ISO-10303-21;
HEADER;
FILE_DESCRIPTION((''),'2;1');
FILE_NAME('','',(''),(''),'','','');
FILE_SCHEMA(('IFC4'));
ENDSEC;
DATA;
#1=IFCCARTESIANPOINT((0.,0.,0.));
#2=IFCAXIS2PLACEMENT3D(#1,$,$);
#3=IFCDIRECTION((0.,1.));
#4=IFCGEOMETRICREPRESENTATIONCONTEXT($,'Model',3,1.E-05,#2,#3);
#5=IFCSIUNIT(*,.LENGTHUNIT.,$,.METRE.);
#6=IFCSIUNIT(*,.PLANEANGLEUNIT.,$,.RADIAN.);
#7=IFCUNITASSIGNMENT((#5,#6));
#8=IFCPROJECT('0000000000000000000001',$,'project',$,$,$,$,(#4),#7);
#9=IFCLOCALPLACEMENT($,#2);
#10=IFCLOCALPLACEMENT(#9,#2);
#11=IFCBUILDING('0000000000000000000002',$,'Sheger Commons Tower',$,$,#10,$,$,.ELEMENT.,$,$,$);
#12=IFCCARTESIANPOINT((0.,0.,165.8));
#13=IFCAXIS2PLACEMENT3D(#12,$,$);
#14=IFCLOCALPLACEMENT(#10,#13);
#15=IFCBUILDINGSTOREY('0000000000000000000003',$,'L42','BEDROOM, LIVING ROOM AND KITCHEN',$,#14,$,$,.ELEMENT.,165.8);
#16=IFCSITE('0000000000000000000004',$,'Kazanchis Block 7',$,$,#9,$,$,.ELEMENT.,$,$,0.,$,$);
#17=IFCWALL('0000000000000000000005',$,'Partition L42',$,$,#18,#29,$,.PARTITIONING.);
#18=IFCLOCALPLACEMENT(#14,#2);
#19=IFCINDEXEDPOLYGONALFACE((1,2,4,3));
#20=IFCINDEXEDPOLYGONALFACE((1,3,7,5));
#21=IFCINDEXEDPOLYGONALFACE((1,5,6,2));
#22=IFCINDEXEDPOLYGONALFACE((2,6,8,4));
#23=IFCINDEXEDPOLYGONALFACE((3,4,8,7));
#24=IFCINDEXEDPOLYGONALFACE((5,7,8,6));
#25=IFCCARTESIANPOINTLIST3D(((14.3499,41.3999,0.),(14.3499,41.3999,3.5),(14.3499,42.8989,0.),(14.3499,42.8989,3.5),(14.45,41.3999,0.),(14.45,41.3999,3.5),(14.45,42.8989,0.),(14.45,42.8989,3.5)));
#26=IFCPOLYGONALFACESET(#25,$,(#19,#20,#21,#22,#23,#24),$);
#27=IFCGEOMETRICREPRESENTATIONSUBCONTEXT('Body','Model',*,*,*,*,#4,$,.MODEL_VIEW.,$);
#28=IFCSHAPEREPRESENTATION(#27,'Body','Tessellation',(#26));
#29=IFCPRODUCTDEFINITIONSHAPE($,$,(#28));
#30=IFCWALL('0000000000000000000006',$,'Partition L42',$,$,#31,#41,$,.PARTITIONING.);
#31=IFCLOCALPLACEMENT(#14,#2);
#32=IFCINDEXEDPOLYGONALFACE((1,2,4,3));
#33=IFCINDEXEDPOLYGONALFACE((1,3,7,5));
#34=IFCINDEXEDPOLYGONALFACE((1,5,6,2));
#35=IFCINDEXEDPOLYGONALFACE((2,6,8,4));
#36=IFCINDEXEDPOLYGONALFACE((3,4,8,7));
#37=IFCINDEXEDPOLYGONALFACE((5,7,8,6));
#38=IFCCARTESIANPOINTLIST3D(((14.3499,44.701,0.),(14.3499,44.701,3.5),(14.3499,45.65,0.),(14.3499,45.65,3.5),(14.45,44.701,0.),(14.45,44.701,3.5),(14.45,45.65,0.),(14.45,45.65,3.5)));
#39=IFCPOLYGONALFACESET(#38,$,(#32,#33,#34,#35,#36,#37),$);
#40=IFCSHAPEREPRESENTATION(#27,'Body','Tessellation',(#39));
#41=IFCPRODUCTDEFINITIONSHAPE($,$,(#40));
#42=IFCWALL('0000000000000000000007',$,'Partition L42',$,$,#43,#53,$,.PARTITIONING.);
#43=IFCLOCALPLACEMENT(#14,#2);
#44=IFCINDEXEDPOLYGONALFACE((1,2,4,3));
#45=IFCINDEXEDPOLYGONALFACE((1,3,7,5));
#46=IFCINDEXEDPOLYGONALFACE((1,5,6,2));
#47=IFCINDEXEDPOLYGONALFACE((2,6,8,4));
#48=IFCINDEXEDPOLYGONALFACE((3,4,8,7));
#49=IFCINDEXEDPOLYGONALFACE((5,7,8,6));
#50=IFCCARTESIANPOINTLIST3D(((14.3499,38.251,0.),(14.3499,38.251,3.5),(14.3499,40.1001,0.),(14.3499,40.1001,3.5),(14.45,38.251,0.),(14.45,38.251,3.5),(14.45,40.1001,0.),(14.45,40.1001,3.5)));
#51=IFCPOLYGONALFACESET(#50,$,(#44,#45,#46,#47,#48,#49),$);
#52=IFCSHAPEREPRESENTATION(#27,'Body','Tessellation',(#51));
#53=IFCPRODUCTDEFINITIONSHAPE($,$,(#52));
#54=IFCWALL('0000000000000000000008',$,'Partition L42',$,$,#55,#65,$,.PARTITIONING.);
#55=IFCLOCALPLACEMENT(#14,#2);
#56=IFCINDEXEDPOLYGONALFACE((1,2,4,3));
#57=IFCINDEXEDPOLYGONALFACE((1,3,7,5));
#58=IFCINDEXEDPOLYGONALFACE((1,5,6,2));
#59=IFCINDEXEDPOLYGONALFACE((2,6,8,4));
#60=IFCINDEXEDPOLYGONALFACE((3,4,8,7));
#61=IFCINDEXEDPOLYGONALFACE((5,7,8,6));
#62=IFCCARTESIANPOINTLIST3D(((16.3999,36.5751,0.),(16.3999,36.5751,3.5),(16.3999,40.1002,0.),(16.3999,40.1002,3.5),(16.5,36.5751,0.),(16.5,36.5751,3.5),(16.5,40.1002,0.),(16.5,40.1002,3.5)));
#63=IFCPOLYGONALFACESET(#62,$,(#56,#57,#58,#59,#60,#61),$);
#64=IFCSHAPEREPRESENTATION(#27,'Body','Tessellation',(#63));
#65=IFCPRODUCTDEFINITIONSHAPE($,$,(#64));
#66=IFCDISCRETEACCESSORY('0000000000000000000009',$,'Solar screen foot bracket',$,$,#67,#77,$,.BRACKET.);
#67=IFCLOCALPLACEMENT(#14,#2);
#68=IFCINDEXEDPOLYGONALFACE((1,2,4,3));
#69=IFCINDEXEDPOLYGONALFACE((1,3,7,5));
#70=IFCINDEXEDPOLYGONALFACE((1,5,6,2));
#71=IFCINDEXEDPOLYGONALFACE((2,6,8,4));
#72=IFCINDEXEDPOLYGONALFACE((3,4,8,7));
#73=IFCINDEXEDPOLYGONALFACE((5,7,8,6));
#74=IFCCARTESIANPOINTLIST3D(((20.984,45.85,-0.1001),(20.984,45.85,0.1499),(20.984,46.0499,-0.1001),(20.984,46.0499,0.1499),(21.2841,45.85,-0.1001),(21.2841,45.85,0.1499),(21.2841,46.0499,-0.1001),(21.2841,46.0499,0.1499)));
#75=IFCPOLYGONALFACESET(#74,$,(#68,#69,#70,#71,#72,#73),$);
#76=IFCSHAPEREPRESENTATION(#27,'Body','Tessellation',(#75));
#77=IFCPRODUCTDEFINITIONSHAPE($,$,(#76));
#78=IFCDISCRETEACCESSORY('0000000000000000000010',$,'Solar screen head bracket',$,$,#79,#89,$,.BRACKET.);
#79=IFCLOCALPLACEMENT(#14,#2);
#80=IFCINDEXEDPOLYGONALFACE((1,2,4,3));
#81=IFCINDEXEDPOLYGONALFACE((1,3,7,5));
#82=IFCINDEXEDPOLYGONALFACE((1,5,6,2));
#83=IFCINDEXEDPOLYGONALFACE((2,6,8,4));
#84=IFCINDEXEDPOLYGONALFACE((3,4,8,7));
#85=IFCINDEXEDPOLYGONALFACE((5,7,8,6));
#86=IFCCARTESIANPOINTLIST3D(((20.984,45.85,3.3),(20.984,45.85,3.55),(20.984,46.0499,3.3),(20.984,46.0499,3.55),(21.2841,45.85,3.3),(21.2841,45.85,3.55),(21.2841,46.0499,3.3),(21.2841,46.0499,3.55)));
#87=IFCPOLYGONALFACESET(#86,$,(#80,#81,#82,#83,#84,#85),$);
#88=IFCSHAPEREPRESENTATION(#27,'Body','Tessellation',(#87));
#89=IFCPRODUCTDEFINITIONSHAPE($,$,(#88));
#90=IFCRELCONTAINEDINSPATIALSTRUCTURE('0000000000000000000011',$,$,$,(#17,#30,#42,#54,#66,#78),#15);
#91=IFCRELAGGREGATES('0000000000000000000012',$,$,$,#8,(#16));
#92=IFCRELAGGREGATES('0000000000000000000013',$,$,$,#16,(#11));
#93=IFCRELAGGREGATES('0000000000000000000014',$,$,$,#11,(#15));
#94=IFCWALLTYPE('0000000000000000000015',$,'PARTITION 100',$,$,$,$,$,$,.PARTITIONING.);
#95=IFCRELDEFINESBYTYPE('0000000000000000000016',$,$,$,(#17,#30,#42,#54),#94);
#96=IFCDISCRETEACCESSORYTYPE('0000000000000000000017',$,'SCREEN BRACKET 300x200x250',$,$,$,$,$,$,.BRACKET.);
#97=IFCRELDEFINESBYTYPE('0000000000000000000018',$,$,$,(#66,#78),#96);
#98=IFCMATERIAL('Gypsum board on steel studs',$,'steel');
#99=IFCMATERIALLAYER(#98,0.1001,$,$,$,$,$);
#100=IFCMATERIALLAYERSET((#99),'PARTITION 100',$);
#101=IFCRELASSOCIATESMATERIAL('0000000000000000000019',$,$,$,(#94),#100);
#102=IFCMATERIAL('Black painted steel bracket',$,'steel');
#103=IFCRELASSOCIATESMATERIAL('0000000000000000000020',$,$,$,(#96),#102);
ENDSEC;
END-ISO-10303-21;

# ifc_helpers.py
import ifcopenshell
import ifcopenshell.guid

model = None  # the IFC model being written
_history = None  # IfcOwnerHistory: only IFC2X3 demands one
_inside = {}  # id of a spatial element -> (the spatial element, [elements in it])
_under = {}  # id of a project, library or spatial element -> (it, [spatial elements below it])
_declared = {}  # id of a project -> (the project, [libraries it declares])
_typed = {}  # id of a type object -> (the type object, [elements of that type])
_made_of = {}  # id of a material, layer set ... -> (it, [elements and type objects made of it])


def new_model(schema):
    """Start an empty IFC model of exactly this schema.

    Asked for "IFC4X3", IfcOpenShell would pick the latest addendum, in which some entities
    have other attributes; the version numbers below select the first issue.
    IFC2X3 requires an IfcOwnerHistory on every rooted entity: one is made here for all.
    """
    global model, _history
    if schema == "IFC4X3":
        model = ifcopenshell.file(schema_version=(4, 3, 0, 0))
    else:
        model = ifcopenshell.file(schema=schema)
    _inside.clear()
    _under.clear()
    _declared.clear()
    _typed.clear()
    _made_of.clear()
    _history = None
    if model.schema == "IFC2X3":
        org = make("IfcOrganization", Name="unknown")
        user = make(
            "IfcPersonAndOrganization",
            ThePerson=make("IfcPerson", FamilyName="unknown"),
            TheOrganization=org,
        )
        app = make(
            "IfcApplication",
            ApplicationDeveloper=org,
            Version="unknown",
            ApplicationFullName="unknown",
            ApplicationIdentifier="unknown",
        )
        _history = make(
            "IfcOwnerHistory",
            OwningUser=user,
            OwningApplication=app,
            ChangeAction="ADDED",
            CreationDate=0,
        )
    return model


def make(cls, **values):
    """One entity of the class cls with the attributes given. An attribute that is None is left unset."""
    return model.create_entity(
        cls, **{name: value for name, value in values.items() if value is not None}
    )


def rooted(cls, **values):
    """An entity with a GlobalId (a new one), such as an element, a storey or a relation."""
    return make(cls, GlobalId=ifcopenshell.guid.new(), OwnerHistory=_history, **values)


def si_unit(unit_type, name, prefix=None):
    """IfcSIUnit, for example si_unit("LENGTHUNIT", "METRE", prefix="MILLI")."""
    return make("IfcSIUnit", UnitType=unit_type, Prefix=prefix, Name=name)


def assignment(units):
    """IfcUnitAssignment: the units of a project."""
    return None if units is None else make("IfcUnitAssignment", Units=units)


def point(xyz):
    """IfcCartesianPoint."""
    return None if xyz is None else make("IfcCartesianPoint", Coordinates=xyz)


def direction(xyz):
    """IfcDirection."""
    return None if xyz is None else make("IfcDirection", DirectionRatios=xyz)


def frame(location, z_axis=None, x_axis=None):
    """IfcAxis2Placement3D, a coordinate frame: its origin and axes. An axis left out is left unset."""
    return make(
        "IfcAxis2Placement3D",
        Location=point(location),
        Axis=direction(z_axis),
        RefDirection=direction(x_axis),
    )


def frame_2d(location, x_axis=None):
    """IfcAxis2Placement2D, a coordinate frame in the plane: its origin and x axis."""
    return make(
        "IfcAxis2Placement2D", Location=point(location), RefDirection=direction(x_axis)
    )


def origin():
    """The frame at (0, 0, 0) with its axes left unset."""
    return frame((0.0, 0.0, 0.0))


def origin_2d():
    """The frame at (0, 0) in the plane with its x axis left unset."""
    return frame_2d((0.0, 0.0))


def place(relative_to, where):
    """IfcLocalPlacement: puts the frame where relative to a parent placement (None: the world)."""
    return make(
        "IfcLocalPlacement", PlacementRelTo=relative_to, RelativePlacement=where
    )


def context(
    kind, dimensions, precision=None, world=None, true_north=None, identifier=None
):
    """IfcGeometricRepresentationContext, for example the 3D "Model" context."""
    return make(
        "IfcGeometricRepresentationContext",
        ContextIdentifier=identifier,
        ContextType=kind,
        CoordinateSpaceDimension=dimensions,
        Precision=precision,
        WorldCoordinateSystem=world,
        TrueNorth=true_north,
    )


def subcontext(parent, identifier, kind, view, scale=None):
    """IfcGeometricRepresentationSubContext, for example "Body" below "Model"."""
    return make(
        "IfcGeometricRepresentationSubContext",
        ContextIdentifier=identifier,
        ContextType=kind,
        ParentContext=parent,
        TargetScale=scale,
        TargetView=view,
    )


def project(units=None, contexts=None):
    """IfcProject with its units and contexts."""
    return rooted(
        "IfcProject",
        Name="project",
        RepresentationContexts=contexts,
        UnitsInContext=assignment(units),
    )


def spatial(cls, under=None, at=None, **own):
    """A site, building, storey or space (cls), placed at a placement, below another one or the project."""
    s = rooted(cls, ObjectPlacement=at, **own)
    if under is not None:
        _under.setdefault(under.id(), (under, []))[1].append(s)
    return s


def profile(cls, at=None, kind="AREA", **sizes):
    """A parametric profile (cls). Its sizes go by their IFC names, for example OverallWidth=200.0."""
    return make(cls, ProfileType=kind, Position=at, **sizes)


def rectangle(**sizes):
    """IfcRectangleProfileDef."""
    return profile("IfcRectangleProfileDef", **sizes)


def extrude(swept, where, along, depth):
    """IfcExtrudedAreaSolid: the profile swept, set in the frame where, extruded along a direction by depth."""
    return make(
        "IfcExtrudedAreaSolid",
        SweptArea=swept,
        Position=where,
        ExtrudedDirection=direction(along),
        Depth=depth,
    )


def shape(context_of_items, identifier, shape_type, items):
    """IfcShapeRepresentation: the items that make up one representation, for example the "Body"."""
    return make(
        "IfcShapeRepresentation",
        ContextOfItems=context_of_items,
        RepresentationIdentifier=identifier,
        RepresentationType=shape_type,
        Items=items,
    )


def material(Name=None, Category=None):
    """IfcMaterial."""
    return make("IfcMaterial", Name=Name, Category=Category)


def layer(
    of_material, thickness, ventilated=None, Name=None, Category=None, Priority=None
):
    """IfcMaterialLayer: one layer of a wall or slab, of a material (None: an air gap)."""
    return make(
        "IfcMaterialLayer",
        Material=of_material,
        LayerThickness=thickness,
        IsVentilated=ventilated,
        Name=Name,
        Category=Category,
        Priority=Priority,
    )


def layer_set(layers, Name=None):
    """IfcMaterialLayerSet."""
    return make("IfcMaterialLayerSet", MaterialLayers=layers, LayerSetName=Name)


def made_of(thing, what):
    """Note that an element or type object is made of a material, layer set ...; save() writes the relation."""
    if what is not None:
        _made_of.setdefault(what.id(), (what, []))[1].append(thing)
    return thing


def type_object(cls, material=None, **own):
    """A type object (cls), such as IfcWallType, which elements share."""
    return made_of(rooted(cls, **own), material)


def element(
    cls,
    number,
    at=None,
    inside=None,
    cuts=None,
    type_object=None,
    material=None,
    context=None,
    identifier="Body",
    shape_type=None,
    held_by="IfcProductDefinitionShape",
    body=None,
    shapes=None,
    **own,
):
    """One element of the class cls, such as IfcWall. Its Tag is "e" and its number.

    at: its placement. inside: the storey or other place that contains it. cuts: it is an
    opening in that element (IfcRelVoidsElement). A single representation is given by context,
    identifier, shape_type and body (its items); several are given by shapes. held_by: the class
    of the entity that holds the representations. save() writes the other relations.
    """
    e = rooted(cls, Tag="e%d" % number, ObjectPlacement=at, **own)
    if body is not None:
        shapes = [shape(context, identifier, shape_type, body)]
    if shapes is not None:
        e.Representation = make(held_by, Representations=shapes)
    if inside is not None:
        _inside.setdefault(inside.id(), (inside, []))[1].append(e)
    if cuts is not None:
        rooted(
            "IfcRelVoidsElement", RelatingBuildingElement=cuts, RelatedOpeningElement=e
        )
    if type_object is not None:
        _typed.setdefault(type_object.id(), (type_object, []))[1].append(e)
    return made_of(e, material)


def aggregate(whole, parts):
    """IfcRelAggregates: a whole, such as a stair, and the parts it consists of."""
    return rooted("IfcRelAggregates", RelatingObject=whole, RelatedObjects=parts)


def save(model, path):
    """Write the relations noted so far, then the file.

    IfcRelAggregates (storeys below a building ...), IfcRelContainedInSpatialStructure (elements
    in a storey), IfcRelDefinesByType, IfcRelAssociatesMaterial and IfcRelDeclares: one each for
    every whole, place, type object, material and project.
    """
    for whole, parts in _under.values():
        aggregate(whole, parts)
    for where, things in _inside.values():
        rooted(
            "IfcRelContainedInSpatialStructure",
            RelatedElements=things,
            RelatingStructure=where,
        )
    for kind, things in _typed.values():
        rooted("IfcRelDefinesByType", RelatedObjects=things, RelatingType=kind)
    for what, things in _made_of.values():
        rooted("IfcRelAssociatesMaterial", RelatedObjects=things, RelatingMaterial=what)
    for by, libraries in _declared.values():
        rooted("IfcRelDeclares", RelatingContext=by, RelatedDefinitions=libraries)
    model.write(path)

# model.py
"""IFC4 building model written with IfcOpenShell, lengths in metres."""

from ifc_helpers import new_model, si_unit, direction, frame, frame_2d, origin, origin_2d, place, context, subcontext, project, spatial, rectangle, extrude, material, layer, layer_set, type_object, element, save


model = new_model("IFC4")

# Units and contexts
model_context = context("Model", 3, precision=1e-05, world=origin(), true_north=direction((0.0, 1.0)))
body_context = subcontext(model_context, "Body", "Model", "MODEL_VIEW")
ifc_project = project(units=[si_unit("LENGTHUNIT", "METRE"), si_unit("PLANEANGLEUNIT", "RADIAN")], contexts=[model_context])

# Site, building, storey
site_placement = place(None, origin())
site = spatial("IfcSite", under=ifc_project, at=site_placement, Name="Kazanchis Block 7", CompositionType="ELEMENT", RefElevation=0.0)
building_placement = place(site_placement, origin())
building = spatial("IfcBuilding", under=site, at=building_placement, Name="Sheger Commons Tower", CompositionType="ELEMENT")
storey_placement = place(building_placement, frame((0.0, 0.0, 165.8)))
storey = spatial("IfcBuildingStorey", under=building, at=storey_placement, Name="L42", Description="BEDROOM, LIVING ROOM AND KITCHEN", CompositionType="ELEMENT", Elevation=165.8)

# Shared definitions
ifc_material_1 = material(Name="Gypsum board on steel studs", Category="steel")
ifc_layer_1 = layer(ifc_material_1, 0.1001)
ifc_layer_set_1 = layer_set([ifc_layer_1], Name="PARTITION 100")
wall_type_1 = type_object("IfcWallType", Name="PARTITION 100", PredefinedType="PARTITIONING", material=ifc_layer_set_1)

# Walls
wall_1_placement = place(storey_placement, frame((14.3999, 41.3999, 0.0), z_axis=(0.0, 0.0, 1.0), x_axis=(0.0, 1.0, 0.0)))
element("IfcWall", 1, at=wall_1_placement, inside=storey, type_object=wall_type_1, Name="Partition L42", PredefinedType="PARTITIONING", context=body_context, shape_type="SweptSolid", body=[
    extrude(rectangle(XDim=1.499, YDim=0.1001, at=frame_2d((0.7495, 0.0))), origin(), (0.0, 0.0, 1.0), 3.5),
])
wall_2_placement = place(storey_placement, frame((14.3999, 44.7009, 0.0), z_axis=(0.0, 0.0, 1.0), x_axis=(0.0, 1.0, 0.0)))
element("IfcWall", 2, at=wall_2_placement, inside=storey, type_object=wall_type_1, Name="Partition L42", PredefinedType="PARTITIONING", context=body_context, shape_type="SweptSolid", body=[
    extrude(rectangle(XDim=0.949, YDim=0.1001, at=frame_2d((0.4746, 0.0))), origin(), (0.0, 0.0, 1.0), 3.5),
])
wall_3_placement = place(storey_placement, frame((14.3999, 38.251, 0.0), z_axis=(0.0, 0.0, 1.0), x_axis=(0.0, 1.0, 0.0)))
element("IfcWall", 3, at=wall_3_placement, inside=storey, type_object=wall_type_1, Name="Partition L42", PredefinedType="PARTITIONING", context=body_context, shape_type="SweptSolid", body=[
    extrude(rectangle(XDim=1.8491, YDim=0.1001, at=frame_2d((0.9246, 0.0))), origin(), (0.0, 0.0, 1.0), 3.5),
])
wall_4_placement = place(storey_placement, frame((16.45, 36.575, 0.0), z_axis=(0.0, 0.0, 1.0), x_axis=(0.0, 1.0, 0.0)))
element("IfcWall", 4, at=wall_4_placement, inside=storey, type_object=wall_type_1, Name="Partition L42", PredefinedType="PARTITIONING", context=body_context, shape_type="SweptSolid", body=[
    extrude(rectangle(XDim=3.5251, YDim=0.1001, at=frame_2d((1.7627, 0.0))), origin(), (0.0, 0.0, 1.0), 3.5),
])

# Discrete accessories
ifc_material_2 = material(Name="Black painted steel bracket", Category="steel")
discrete_accessory_type = type_object("IfcDiscreteAccessoryType", Name="SCREEN BRACKET 300x200x250", PredefinedType="BRACKET", material=ifc_material_2)
for number, where, z_axis, x_axis, name in (
    (5, (21.134, 45.95, -0.1001), (0.0, 0.0, 1.0), (-1.0, 0.0, 0.0), "Solar screen foot bracket"),
    (6, (21.134, 45.95, 3.3), (0.0, 0.0, 1.0), (-1.0, 0.0, 0.0), "Solar screen head bracket"),
):
    element("IfcDiscreteAccessory", number, at=place(storey_placement, frame(where, z_axis=z_axis, x_axis=x_axis)), inside=storey, type_object=discrete_accessory_type, Name=name, PredefinedType="BRACKET", context=body_context, shape_type="SweptSolid", body=[
        extrude(rectangle(XDim=0.3, YDim=0.2, at=origin_2d()), origin(), (0.0, 0.0, 1.0), 0.25),
    ])

save(model, "model.ifc")
